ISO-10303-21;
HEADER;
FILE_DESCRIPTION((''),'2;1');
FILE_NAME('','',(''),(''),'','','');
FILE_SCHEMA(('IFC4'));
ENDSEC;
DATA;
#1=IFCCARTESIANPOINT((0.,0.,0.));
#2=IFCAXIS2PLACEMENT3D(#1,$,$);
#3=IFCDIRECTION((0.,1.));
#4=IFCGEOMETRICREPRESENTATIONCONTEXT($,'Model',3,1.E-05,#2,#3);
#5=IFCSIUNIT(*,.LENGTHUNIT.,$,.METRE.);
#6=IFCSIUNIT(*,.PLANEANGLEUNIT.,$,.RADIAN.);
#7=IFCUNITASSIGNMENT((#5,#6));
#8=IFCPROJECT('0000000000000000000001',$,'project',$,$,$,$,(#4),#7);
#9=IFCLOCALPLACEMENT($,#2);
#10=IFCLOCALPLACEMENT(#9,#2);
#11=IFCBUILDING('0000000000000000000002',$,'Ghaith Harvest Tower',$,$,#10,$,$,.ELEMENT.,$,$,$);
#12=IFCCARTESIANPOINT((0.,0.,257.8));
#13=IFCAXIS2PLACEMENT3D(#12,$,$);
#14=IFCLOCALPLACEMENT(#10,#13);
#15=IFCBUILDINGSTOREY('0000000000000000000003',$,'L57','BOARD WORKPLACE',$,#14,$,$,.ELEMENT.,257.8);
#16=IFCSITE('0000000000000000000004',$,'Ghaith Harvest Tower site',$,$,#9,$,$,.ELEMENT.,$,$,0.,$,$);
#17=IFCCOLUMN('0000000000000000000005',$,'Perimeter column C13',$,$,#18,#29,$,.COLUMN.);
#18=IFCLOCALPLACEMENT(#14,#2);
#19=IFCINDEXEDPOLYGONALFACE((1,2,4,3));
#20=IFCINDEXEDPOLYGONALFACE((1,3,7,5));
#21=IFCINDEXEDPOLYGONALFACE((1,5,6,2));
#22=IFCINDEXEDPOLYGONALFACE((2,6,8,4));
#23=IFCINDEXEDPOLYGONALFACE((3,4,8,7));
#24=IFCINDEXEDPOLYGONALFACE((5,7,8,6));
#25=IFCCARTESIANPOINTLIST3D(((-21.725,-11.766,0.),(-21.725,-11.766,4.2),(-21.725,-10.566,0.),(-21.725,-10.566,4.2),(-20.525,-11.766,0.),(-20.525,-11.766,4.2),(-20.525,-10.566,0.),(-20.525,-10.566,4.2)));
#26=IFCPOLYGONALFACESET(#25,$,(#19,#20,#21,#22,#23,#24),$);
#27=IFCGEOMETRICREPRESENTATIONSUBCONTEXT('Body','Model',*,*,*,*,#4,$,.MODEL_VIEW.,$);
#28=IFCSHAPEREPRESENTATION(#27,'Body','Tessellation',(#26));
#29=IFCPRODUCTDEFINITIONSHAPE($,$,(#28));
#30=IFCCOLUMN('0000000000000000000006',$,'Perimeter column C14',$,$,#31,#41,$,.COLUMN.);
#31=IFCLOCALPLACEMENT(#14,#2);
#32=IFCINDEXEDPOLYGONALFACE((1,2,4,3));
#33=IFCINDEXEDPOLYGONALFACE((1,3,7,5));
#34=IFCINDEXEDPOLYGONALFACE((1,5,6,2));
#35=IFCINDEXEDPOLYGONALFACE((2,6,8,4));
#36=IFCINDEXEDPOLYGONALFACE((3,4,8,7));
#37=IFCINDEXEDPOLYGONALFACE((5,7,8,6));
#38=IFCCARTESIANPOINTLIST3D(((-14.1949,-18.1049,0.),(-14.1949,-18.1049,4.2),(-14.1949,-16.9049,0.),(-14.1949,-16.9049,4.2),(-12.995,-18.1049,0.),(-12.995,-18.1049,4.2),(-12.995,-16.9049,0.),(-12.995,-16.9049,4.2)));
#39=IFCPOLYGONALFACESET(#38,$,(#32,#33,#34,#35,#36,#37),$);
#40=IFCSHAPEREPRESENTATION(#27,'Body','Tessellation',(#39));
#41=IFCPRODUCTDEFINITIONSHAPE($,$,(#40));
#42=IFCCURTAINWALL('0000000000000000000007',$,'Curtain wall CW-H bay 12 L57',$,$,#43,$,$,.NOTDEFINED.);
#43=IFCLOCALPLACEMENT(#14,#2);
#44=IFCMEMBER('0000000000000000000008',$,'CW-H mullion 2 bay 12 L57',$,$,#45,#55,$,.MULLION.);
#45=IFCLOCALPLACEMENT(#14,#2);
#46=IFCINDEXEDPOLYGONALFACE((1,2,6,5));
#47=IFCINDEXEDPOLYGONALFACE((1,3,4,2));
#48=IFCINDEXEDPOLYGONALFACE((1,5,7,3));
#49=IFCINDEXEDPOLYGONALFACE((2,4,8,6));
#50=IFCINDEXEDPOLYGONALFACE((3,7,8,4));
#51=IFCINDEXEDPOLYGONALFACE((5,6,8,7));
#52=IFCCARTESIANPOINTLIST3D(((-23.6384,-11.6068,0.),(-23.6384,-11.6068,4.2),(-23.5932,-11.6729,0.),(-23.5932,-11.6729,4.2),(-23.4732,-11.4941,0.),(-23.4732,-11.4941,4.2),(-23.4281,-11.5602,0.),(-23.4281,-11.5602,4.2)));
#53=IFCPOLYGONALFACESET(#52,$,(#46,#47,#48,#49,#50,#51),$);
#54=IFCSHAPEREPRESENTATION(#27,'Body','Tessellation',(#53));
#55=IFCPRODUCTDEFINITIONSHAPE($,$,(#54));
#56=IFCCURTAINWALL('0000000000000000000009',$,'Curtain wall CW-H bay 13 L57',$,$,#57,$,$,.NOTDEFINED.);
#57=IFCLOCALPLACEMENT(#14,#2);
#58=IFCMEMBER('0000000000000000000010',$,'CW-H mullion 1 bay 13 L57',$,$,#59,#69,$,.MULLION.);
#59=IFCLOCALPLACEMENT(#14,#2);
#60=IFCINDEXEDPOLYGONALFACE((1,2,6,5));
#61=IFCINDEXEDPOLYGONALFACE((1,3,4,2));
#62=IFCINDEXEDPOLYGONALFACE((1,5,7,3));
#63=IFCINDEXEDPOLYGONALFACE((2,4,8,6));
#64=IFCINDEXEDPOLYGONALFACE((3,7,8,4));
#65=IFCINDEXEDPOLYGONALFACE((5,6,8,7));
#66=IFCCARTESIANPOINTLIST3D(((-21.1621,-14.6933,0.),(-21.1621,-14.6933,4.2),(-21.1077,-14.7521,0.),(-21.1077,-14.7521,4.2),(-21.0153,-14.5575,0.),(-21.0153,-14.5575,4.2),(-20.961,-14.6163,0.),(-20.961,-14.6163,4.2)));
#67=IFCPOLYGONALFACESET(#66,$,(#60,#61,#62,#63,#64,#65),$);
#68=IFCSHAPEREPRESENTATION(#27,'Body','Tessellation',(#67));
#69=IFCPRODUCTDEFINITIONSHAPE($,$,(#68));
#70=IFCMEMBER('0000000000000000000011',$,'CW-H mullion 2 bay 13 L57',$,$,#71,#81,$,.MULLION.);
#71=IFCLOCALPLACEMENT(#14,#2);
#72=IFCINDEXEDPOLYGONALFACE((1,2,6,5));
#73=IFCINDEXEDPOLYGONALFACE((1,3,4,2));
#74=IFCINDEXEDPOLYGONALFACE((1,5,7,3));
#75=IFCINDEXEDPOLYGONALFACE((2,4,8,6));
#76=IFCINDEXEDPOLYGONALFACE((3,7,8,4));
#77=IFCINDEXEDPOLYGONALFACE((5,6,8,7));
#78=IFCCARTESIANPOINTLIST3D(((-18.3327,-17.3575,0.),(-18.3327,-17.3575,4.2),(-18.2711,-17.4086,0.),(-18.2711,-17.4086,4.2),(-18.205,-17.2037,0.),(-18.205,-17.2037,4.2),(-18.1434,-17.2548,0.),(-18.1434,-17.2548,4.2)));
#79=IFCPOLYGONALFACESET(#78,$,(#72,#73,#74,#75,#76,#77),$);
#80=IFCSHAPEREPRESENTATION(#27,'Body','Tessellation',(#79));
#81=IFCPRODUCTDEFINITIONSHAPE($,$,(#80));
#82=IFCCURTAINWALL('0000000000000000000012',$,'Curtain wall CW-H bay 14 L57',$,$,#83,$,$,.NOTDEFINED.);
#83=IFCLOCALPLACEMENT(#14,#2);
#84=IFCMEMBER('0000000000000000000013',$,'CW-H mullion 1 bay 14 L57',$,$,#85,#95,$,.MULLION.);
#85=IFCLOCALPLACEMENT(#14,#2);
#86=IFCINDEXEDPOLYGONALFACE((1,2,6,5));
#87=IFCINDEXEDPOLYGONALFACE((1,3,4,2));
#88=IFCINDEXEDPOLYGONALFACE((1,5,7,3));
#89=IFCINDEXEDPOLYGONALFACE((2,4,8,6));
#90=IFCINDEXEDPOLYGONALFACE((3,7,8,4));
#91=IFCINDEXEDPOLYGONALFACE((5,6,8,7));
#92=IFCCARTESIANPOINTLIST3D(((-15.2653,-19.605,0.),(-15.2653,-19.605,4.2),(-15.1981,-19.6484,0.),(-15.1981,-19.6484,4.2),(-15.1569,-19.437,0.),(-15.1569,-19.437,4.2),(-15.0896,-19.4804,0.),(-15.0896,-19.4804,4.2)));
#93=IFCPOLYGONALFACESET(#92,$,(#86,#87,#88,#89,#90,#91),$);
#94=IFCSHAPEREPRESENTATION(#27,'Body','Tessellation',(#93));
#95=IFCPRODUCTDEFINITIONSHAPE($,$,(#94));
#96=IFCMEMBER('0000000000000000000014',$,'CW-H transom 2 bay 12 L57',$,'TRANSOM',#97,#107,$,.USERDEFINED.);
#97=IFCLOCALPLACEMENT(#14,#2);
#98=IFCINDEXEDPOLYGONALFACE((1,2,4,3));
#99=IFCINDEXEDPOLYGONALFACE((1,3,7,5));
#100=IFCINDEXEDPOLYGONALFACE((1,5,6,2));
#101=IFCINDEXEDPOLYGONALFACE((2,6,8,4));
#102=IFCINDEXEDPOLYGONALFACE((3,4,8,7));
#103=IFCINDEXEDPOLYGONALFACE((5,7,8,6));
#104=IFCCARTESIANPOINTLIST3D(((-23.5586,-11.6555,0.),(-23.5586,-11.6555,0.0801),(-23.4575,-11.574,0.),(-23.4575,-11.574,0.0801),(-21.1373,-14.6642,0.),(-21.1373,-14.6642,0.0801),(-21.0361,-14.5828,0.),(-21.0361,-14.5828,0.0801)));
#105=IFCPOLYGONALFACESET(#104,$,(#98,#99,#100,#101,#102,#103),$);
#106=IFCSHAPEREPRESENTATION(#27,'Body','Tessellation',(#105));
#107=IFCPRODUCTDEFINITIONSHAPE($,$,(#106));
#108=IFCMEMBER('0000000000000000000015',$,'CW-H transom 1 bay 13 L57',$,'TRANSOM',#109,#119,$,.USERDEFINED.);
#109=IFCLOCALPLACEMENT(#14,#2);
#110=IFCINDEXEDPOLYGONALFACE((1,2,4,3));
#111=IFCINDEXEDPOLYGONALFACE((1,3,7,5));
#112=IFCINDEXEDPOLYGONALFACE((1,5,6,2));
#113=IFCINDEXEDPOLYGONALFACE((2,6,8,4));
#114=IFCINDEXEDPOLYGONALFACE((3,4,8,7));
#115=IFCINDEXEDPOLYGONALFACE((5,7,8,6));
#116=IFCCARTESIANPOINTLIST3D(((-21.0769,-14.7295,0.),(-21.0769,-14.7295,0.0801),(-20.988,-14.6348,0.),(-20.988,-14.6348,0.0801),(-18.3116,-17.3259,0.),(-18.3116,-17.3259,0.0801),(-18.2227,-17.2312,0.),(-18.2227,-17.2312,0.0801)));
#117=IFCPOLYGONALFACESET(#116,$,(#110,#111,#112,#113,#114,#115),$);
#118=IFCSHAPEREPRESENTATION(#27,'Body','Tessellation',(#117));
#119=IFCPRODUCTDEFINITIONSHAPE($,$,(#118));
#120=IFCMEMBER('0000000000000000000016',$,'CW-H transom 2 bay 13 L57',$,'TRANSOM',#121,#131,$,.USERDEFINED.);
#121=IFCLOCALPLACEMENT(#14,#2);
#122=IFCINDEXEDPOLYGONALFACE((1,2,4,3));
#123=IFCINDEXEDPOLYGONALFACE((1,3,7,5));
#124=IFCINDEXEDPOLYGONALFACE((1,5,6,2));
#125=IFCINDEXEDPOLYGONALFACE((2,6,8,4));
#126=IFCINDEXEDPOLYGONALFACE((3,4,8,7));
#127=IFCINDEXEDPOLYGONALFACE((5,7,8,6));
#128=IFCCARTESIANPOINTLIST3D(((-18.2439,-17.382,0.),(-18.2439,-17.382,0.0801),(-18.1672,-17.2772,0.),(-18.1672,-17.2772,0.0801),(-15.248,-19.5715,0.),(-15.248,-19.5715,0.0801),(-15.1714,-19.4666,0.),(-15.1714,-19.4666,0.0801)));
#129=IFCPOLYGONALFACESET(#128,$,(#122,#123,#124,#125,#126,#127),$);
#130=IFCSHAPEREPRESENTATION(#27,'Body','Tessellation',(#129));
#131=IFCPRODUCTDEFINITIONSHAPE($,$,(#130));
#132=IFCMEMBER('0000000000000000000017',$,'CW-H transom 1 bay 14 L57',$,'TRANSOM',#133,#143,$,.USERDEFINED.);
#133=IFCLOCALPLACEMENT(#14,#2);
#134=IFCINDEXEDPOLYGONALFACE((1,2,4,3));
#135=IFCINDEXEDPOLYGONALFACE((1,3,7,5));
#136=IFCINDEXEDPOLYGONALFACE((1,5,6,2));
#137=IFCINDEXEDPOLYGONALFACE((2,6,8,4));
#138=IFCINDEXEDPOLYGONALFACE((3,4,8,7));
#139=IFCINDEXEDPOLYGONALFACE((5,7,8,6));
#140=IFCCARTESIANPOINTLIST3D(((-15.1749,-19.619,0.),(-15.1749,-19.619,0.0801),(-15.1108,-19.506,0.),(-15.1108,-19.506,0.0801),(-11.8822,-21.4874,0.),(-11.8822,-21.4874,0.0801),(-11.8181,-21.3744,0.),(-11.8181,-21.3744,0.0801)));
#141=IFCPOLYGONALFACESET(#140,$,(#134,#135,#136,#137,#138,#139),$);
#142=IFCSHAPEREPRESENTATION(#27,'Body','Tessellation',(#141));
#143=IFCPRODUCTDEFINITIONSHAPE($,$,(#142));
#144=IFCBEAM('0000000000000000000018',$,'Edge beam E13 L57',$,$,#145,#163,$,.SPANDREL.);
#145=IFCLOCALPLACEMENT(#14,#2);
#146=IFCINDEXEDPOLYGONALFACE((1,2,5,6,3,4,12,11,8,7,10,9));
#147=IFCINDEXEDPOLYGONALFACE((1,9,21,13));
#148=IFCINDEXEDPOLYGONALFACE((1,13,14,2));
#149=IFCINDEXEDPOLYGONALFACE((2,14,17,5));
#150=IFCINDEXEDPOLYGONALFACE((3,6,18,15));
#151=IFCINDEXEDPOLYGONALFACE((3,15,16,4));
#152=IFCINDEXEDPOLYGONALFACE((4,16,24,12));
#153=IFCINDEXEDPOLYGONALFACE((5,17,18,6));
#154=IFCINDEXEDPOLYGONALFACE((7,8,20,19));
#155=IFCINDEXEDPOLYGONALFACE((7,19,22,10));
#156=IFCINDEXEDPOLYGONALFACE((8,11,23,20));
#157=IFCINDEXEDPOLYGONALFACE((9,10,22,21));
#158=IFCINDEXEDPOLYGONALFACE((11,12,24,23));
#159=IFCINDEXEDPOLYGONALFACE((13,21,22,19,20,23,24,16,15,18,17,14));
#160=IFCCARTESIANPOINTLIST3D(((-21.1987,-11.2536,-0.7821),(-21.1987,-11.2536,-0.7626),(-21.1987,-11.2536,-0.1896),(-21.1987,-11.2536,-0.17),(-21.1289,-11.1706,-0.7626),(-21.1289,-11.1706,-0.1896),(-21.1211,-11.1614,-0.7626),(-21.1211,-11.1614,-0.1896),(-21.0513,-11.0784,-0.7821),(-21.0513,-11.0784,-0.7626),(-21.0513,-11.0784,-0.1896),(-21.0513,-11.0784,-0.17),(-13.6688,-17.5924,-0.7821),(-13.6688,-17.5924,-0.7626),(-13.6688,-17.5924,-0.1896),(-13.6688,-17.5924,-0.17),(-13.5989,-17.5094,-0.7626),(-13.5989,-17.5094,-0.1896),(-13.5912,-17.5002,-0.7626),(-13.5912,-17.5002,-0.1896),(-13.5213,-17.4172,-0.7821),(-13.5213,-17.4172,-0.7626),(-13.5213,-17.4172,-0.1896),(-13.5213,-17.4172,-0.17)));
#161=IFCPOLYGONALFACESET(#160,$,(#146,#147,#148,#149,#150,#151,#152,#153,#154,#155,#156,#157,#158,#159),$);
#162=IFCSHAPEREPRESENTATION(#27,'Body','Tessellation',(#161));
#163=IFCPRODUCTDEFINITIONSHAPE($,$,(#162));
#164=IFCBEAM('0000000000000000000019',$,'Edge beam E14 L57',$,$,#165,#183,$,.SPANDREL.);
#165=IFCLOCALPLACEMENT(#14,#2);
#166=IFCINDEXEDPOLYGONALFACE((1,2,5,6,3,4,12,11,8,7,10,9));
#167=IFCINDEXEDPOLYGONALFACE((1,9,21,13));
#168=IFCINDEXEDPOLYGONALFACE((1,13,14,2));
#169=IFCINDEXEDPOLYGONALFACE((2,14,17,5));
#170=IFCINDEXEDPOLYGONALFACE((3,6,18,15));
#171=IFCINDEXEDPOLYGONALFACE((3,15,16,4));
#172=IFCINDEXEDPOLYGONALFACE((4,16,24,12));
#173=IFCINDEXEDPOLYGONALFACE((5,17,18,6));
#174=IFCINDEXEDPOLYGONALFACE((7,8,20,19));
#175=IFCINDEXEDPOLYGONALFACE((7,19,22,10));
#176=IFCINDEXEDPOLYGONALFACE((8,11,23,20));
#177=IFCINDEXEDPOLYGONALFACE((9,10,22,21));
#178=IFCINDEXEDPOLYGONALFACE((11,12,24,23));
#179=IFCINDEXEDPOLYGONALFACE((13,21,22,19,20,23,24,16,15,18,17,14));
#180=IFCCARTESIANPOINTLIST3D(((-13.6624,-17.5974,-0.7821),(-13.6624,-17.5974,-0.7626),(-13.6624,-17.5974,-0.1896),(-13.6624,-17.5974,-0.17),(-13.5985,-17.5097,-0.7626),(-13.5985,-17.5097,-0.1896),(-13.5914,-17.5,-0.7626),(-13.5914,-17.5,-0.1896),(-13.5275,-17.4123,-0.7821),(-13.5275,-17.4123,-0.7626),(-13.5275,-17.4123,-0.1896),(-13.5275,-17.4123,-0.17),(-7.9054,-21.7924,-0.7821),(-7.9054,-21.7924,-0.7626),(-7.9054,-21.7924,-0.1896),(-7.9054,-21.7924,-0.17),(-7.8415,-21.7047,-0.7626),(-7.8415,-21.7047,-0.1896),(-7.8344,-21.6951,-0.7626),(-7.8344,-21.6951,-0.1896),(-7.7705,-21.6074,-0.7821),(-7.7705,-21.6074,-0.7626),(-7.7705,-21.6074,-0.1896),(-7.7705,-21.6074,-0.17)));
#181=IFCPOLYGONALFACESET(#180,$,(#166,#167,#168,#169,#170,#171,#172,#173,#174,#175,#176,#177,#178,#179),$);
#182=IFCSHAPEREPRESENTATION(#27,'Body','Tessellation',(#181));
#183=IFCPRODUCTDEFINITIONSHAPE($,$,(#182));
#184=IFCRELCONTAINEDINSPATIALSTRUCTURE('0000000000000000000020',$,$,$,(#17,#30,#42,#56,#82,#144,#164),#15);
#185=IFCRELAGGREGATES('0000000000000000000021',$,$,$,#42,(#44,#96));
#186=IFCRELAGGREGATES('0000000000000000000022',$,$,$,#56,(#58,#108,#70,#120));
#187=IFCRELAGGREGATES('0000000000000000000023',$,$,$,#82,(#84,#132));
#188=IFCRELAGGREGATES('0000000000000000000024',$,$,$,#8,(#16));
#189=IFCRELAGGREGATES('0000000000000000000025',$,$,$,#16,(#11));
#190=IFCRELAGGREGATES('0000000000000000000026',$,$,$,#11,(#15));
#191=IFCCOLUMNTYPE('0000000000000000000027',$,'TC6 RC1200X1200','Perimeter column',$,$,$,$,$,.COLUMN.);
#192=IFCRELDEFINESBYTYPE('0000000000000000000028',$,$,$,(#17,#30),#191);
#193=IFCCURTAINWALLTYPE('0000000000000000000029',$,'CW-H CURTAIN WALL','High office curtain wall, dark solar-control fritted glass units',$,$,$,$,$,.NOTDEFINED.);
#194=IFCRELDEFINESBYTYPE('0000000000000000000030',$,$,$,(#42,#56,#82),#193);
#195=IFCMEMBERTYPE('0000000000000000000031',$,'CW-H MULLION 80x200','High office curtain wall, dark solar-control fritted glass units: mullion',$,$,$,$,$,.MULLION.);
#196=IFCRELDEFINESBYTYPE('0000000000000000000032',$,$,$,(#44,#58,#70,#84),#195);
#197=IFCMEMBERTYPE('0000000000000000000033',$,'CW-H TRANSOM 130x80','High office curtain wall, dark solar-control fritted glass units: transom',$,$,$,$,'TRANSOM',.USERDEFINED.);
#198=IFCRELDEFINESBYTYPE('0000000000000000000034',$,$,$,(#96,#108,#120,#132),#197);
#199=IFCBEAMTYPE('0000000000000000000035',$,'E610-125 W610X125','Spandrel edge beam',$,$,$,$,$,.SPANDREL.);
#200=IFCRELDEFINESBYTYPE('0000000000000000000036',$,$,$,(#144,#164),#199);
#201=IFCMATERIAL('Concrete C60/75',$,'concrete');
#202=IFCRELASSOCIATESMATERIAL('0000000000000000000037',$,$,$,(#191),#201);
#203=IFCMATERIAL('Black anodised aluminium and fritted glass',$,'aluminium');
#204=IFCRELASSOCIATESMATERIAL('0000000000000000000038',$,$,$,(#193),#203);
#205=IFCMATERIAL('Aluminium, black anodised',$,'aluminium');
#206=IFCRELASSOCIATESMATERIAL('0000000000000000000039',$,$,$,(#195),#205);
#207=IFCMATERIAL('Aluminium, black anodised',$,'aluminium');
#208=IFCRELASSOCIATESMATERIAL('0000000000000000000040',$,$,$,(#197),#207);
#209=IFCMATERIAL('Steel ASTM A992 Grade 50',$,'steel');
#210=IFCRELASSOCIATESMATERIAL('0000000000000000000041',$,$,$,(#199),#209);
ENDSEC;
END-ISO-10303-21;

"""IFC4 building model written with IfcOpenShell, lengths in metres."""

from ifc_helpers import new_model, si_unit, direction, frame, origin, origin_2d, place, context, subcontext, project, spatial, rectangle, i_section, extrude, material, material_profile, profile_set, type_object, element, aggregate, save


model = new_model("IFC4")

# Units and contexts
model_context = context("Model", 3, precision=1e-05, world=origin(), true_north=direction((0.0, 1.0)))
body_context = subcontext(model_context, "Body", "Model", "MODEL_VIEW")
ifc_project = project(units=[si_unit("LENGTHUNIT", "METRE"), si_unit("PLANEANGLEUNIT", "RADIAN")], contexts=[model_context])

# Site, building, storey
site_placement = place(None, origin())
site = spatial("IfcSite", under=ifc_project, at=site_placement, Name="Ghaith Harvest Tower site", CompositionType="ELEMENT", RefElevation=0.0)
building_placement = place(site_placement, origin())
building = spatial("IfcBuilding", under=site, at=building_placement, Name="Ghaith Harvest Tower", CompositionType="ELEMENT")
storey_placement = place(building_placement, frame((0.0, 0.0, 257.8)))
storey = spatial("IfcBuildingStorey", under=building, at=storey_placement, Name="L57", Description="BOARD WORKPLACE", CompositionType="ELEMENT", Elevation=257.8)

# Columns
ifc_material_1 = material(Name="Concrete C60/75", Category="concrete")
ifc_material_profile_1 = material_profile(ifc_material_1, rectangle(XDim=1.2, YDim=1.2, at=origin_2d()), Name="RC1200X1200")
ifc_profile_set_1 = profile_set([ifc_material_profile_1], Name="Concrete C60/75")
column_type = type_object("IfcColumnType", Name="TC6 RC1200X1200", Description="Perimeter column", PredefinedType="COLUMN", material=ifc_profile_set_1)
for number, where, z_axis, x_axis, name in (
    (1, (-21.125, -11.166, 0.0), (0.0, 0.0, 1.0), (1.0, 0.0, 0.0), "Perimeter column C13"),
    (2, (-13.595, -17.5049, 0.0), (0.0, 0.0, 1.0), (1.0, 0.0, 0.0), "Perimeter column C14"),
):
    element("IfcColumn", number, at=place(storey_placement, frame(where, z_axis=z_axis, x_axis=x_axis)), inside=storey, type_object=column_type, Name=name, PredefinedType="COLUMN", context=body_context, shape_type="SweptSolid", body=[
        extrude(rectangle(XDim=1.2, YDim=1.2, at=origin_2d()), origin(), (0.0, 0.0, 1.0), 4.2),
    ])

# Curtain wall, member
ifc_material_2 = material(Name="Black anodised aluminium and fritted glass", Category="aluminium")
curtain_wall_type = type_object("IfcCurtainWallType", Name="CW-H CURTAIN WALL", Description="High office curtain wall, dark solar-control fritted glass units", PredefinedType="NOTDEFINED", material=ifc_material_2)
curtain_wall_1_placement = place(storey_placement, origin())
curtain_wall_1 = element("IfcCurtainWall", 3, at=curtain_wall_1_placement, inside=storey, type_object=curtain_wall_type, Name="Curtain wall CW-H bay 12 L57", PredefinedType="NOTDEFINED")
ifc_material_3 = material(Name="Aluminium, black anodised", Category="aluminium")
ifc_material_profile_2 = material_profile(ifc_material_3, rectangle(XDim=0.0801, YDim=0.2, at=origin_2d()), Name="CW-H MULLION 80x200")
ifc_profile_set_2 = profile_set([ifc_material_profile_2], Name="Aluminium, black anodised")
member_type_1 = type_object("IfcMemberType", Name="CW-H MULLION 80x200", Description="High office curtain wall, dark solar-control fritted glass units: mullion", PredefinedType="MULLION", material=ifc_profile_set_2)
member_1_placement = place(storey_placement, frame((-23.5332, -11.5835, 0.0), z_axis=(0.0, 0.0, 1.0), x_axis=(0.563617, -0.826037, 0.0)))
member_1 = element("IfcMember", 4, at=member_1_placement, type_object=member_type_1, Name="CW-H mullion 2 bay 12 L57", PredefinedType="MULLION", context=body_context, shape_type="SweptSolid", body=[
    extrude(rectangle(XDim=0.0801, YDim=0.2, at=origin_2d()), origin(), (0.0, 0.0, 1.0), 4.2),
])

# Curtain wall, members
curtain_wall_2_placement = place(storey_placement, origin())
curtain_wall_2 = element("IfcCurtainWall", 5, at=curtain_wall_2_placement, inside=storey, type_object=curtain_wall_type, Name="Curtain wall CW-H bay 13 L57", PredefinedType="NOTDEFINED")
member_2_placement = place(storey_placement, frame((-21.0615, -14.6548, 0.0), z_axis=(0.0, 0.0, 1.0), x_axis=(0.679182, -0.73397, 0.0)))
member_2 = element("IfcMember", 6, at=member_2_placement, type_object=member_type_1, Name="CW-H mullion 1 bay 13 L57", PredefinedType="MULLION", context=body_context, shape_type="SweptSolid", body=[
    extrude(rectangle(XDim=0.0801, YDim=0.2, at=origin_2d()), origin(), (0.0, 0.0, 1.0), 4.2),
])
member_3_placement = place(storey_placement, frame((-18.238, -17.3062, 0.0), z_axis=(0.0, 0.0, 1.0), x_axis=(0.769217, -0.638988, 0.0)))
member_3 = element("IfcMember", 7, at=member_3_placement, type_object=member_type_1, Name="CW-H mullion 2 bay 13 L57", PredefinedType="MULLION", context=body_context, shape_type="SweptSolid", body=[
    extrude(rectangle(XDim=0.0801, YDim=0.2, at=origin_2d()), origin(), (0.0, 0.0, 1.0), 4.2),
])

# Curtain wall, member
curtain_wall_3_placement = place(storey_placement, origin())
curtain_wall_3 = element("IfcCurtainWall", 8, at=curtain_wall_3_placement, inside=storey, type_object=curtain_wall_type, Name="Curtain wall CW-H bay 14 L57", PredefinedType="NOTDEFINED")
member_4_placement = place(storey_placement, frame((-15.1775, -19.5427, 0.0), z_axis=(0.0, 0.0, 1.0), x_axis=(0.840234, -0.542225, 0.0)))
member_4 = element("IfcMember", 9, at=member_4_placement, type_object=member_type_1, Name="CW-H mullion 1 bay 14 L57", PredefinedType="MULLION", context=body_context, shape_type="SweptSolid", body=[
    extrude(rectangle(XDim=0.0801, YDim=0.2, at=origin_2d()), origin(), (0.0, 0.0, 1.0), 4.2),
])

# Members
ifc_material_4 = material(Name="Aluminium, black anodised", Category="aluminium")
ifc_material_profile_3 = material_profile(ifc_material_4, rectangle(XDim=0.1299, YDim=0.0801, at=origin_2d()), Name="CW-H TRANSOM 130x80")
ifc_profile_set_3 = profile_set([ifc_material_profile_3], Name="Aluminium, black anodised")
member_type_2 = type_object("IfcMemberType", Name="CW-H TRANSOM 130x80", Description="High office curtain wall, dark solar-control fritted glass units: transom", ElementType="TRANSOM", PredefinedType="USERDEFINED", material=ifc_profile_set_3)
member_5_placement = place(storey_placement, frame((-23.5081, -11.6147, 0.04), z_axis=(0.626959, -0.779052, 0.0), x_axis=(0.779052, 0.626959, 0.0)))
member_5 = element("IfcMember", 10, at=member_5_placement, type_object=member_type_2, Name="CW-H transom 2 bay 12 L57", ObjectType="TRANSOM", PredefinedType="USERDEFINED", context=body_context, shape_type="SweptSolid", body=[
    extrude(rectangle(XDim=0.1299, YDim=0.0801, at=origin_2d()), origin(), (0.0, 0.0, 1.0), 3.8621),
])
member_6_placement = place(storey_placement, frame((-21.0325, -14.6821, 0.04), z_axis=(0.729025, -0.684487, 0.0), x_axis=(0.684487, 0.729025, 0.0)))
member_6 = element("IfcMember", 11, at=member_6_placement, type_object=member_type_2, Name="CW-H transom 1 bay 13 L57", ObjectType="TRANSOM", PredefinedType="USERDEFINED", context=body_context, shape_type="SweptSolid", body=[
    extrude(rectangle(XDim=0.1299, YDim=0.0801, at=origin_2d()), origin(), (0.0, 0.0, 1.0), 3.7932),
])
member_7_placement = place(storey_placement, frame((-18.2056, -17.3296, 0.04), z_axis=(0.807368, -0.590048, 0.0), x_axis=(0.590048, 0.807368, 0.0)))
member_7 = element("IfcMember", 12, at=member_7_placement, type_object=member_type_2, Name="CW-H transom 2 bay 13 L57", ObjectType="TRANSOM", PredefinedType="USERDEFINED", context=body_context, shape_type="SweptSolid", body=[
    extrude(rectangle(XDim=0.1299, YDim=0.0801, at=origin_2d()), origin(), (0.0, 0.0, 1.0), 3.7107),
])
member_8_placement = place(storey_placement, frame((-15.1428, -19.5625, 0.04), z_axis=(0.869735, -0.493519, 0.0), x_axis=(0.493519, 0.869735, 0.0)))
member_8 = element("IfcMember", 13, at=member_8_placement, type_object=member_type_2, Name="CW-H transom 1 bay 14 L57", ObjectType="TRANSOM", PredefinedType="USERDEFINED", context=body_context, shape_type="SweptSolid", body=[
    extrude(rectangle(XDim=0.1299, YDim=0.0801, at=origin_2d()), origin(), (0.0, 0.0, 1.0), 3.7859),
])

# Beams
ifc_material_5 = material(Name="Steel ASTM A992 Grade 50", Category="steel")
ifc_material_profile_4 = material_profile(ifc_material_5, i_section(OverallWidth=0.229, OverallDepth=0.6121, WebThickness=0.012, FlangeThickness=0.0195, at=origin_2d()), Name="W610X125")
ifc_profile_set_4 = profile_set([ifc_material_profile_4], Name="Steel ASTM A992 Grade 50")
beam_type = type_object("IfcBeamType", Name="E610-125 W610X125", Description="Spandrel edge beam", PredefinedType="SPANDREL", material=ifc_profile_set_4)
beam_1_placement = place(storey_placement, frame((-21.125, -11.166, -0.4761), z_axis=(0.765022, -0.644004, 0.0), x_axis=(0.644004, 0.765022, 0.0)))
element("IfcBeam", 14, at=beam_1_placement, inside=storey, type_object=beam_type, Name="Edge beam E13 L57", PredefinedType="SPANDREL", context=body_context, shape_type="SweptSolid", body=[
    extrude(i_section(OverallWidth=0.229, OverallDepth=0.6121, WebThickness=0.012, FlangeThickness=0.0195, at=origin_2d()), origin(), (0.0, 0.0, 1.0), 9.8428),
])
beam_2_placement = place(storey_placement, frame((-13.595, -17.5049, -0.4761), z_axis=(0.808195, -0.588915, 0.0), x_axis=(0.588915, 0.808195, 0.0)))
element("IfcBeam", 15, at=beam_2_placement, inside=storey, type_object=beam_type, Name="Edge beam E14 L57", PredefinedType="SPANDREL", context=body_context, shape_type="SweptSolid", body=[
    extrude(i_section(OverallWidth=0.229, OverallDepth=0.6121, WebThickness=0.012, FlangeThickness=0.0195, at=origin_2d()), origin(), (0.0, 0.0, 1.0), 7.1233),
])

aggregate(curtain_wall_1, [member_1, member_5])
aggregate(curtain_wall_2, [member_2, member_6, member_3, member_7])
aggregate(curtain_wall_3, [member_4, member_8])

save(model, "model.ifc")
